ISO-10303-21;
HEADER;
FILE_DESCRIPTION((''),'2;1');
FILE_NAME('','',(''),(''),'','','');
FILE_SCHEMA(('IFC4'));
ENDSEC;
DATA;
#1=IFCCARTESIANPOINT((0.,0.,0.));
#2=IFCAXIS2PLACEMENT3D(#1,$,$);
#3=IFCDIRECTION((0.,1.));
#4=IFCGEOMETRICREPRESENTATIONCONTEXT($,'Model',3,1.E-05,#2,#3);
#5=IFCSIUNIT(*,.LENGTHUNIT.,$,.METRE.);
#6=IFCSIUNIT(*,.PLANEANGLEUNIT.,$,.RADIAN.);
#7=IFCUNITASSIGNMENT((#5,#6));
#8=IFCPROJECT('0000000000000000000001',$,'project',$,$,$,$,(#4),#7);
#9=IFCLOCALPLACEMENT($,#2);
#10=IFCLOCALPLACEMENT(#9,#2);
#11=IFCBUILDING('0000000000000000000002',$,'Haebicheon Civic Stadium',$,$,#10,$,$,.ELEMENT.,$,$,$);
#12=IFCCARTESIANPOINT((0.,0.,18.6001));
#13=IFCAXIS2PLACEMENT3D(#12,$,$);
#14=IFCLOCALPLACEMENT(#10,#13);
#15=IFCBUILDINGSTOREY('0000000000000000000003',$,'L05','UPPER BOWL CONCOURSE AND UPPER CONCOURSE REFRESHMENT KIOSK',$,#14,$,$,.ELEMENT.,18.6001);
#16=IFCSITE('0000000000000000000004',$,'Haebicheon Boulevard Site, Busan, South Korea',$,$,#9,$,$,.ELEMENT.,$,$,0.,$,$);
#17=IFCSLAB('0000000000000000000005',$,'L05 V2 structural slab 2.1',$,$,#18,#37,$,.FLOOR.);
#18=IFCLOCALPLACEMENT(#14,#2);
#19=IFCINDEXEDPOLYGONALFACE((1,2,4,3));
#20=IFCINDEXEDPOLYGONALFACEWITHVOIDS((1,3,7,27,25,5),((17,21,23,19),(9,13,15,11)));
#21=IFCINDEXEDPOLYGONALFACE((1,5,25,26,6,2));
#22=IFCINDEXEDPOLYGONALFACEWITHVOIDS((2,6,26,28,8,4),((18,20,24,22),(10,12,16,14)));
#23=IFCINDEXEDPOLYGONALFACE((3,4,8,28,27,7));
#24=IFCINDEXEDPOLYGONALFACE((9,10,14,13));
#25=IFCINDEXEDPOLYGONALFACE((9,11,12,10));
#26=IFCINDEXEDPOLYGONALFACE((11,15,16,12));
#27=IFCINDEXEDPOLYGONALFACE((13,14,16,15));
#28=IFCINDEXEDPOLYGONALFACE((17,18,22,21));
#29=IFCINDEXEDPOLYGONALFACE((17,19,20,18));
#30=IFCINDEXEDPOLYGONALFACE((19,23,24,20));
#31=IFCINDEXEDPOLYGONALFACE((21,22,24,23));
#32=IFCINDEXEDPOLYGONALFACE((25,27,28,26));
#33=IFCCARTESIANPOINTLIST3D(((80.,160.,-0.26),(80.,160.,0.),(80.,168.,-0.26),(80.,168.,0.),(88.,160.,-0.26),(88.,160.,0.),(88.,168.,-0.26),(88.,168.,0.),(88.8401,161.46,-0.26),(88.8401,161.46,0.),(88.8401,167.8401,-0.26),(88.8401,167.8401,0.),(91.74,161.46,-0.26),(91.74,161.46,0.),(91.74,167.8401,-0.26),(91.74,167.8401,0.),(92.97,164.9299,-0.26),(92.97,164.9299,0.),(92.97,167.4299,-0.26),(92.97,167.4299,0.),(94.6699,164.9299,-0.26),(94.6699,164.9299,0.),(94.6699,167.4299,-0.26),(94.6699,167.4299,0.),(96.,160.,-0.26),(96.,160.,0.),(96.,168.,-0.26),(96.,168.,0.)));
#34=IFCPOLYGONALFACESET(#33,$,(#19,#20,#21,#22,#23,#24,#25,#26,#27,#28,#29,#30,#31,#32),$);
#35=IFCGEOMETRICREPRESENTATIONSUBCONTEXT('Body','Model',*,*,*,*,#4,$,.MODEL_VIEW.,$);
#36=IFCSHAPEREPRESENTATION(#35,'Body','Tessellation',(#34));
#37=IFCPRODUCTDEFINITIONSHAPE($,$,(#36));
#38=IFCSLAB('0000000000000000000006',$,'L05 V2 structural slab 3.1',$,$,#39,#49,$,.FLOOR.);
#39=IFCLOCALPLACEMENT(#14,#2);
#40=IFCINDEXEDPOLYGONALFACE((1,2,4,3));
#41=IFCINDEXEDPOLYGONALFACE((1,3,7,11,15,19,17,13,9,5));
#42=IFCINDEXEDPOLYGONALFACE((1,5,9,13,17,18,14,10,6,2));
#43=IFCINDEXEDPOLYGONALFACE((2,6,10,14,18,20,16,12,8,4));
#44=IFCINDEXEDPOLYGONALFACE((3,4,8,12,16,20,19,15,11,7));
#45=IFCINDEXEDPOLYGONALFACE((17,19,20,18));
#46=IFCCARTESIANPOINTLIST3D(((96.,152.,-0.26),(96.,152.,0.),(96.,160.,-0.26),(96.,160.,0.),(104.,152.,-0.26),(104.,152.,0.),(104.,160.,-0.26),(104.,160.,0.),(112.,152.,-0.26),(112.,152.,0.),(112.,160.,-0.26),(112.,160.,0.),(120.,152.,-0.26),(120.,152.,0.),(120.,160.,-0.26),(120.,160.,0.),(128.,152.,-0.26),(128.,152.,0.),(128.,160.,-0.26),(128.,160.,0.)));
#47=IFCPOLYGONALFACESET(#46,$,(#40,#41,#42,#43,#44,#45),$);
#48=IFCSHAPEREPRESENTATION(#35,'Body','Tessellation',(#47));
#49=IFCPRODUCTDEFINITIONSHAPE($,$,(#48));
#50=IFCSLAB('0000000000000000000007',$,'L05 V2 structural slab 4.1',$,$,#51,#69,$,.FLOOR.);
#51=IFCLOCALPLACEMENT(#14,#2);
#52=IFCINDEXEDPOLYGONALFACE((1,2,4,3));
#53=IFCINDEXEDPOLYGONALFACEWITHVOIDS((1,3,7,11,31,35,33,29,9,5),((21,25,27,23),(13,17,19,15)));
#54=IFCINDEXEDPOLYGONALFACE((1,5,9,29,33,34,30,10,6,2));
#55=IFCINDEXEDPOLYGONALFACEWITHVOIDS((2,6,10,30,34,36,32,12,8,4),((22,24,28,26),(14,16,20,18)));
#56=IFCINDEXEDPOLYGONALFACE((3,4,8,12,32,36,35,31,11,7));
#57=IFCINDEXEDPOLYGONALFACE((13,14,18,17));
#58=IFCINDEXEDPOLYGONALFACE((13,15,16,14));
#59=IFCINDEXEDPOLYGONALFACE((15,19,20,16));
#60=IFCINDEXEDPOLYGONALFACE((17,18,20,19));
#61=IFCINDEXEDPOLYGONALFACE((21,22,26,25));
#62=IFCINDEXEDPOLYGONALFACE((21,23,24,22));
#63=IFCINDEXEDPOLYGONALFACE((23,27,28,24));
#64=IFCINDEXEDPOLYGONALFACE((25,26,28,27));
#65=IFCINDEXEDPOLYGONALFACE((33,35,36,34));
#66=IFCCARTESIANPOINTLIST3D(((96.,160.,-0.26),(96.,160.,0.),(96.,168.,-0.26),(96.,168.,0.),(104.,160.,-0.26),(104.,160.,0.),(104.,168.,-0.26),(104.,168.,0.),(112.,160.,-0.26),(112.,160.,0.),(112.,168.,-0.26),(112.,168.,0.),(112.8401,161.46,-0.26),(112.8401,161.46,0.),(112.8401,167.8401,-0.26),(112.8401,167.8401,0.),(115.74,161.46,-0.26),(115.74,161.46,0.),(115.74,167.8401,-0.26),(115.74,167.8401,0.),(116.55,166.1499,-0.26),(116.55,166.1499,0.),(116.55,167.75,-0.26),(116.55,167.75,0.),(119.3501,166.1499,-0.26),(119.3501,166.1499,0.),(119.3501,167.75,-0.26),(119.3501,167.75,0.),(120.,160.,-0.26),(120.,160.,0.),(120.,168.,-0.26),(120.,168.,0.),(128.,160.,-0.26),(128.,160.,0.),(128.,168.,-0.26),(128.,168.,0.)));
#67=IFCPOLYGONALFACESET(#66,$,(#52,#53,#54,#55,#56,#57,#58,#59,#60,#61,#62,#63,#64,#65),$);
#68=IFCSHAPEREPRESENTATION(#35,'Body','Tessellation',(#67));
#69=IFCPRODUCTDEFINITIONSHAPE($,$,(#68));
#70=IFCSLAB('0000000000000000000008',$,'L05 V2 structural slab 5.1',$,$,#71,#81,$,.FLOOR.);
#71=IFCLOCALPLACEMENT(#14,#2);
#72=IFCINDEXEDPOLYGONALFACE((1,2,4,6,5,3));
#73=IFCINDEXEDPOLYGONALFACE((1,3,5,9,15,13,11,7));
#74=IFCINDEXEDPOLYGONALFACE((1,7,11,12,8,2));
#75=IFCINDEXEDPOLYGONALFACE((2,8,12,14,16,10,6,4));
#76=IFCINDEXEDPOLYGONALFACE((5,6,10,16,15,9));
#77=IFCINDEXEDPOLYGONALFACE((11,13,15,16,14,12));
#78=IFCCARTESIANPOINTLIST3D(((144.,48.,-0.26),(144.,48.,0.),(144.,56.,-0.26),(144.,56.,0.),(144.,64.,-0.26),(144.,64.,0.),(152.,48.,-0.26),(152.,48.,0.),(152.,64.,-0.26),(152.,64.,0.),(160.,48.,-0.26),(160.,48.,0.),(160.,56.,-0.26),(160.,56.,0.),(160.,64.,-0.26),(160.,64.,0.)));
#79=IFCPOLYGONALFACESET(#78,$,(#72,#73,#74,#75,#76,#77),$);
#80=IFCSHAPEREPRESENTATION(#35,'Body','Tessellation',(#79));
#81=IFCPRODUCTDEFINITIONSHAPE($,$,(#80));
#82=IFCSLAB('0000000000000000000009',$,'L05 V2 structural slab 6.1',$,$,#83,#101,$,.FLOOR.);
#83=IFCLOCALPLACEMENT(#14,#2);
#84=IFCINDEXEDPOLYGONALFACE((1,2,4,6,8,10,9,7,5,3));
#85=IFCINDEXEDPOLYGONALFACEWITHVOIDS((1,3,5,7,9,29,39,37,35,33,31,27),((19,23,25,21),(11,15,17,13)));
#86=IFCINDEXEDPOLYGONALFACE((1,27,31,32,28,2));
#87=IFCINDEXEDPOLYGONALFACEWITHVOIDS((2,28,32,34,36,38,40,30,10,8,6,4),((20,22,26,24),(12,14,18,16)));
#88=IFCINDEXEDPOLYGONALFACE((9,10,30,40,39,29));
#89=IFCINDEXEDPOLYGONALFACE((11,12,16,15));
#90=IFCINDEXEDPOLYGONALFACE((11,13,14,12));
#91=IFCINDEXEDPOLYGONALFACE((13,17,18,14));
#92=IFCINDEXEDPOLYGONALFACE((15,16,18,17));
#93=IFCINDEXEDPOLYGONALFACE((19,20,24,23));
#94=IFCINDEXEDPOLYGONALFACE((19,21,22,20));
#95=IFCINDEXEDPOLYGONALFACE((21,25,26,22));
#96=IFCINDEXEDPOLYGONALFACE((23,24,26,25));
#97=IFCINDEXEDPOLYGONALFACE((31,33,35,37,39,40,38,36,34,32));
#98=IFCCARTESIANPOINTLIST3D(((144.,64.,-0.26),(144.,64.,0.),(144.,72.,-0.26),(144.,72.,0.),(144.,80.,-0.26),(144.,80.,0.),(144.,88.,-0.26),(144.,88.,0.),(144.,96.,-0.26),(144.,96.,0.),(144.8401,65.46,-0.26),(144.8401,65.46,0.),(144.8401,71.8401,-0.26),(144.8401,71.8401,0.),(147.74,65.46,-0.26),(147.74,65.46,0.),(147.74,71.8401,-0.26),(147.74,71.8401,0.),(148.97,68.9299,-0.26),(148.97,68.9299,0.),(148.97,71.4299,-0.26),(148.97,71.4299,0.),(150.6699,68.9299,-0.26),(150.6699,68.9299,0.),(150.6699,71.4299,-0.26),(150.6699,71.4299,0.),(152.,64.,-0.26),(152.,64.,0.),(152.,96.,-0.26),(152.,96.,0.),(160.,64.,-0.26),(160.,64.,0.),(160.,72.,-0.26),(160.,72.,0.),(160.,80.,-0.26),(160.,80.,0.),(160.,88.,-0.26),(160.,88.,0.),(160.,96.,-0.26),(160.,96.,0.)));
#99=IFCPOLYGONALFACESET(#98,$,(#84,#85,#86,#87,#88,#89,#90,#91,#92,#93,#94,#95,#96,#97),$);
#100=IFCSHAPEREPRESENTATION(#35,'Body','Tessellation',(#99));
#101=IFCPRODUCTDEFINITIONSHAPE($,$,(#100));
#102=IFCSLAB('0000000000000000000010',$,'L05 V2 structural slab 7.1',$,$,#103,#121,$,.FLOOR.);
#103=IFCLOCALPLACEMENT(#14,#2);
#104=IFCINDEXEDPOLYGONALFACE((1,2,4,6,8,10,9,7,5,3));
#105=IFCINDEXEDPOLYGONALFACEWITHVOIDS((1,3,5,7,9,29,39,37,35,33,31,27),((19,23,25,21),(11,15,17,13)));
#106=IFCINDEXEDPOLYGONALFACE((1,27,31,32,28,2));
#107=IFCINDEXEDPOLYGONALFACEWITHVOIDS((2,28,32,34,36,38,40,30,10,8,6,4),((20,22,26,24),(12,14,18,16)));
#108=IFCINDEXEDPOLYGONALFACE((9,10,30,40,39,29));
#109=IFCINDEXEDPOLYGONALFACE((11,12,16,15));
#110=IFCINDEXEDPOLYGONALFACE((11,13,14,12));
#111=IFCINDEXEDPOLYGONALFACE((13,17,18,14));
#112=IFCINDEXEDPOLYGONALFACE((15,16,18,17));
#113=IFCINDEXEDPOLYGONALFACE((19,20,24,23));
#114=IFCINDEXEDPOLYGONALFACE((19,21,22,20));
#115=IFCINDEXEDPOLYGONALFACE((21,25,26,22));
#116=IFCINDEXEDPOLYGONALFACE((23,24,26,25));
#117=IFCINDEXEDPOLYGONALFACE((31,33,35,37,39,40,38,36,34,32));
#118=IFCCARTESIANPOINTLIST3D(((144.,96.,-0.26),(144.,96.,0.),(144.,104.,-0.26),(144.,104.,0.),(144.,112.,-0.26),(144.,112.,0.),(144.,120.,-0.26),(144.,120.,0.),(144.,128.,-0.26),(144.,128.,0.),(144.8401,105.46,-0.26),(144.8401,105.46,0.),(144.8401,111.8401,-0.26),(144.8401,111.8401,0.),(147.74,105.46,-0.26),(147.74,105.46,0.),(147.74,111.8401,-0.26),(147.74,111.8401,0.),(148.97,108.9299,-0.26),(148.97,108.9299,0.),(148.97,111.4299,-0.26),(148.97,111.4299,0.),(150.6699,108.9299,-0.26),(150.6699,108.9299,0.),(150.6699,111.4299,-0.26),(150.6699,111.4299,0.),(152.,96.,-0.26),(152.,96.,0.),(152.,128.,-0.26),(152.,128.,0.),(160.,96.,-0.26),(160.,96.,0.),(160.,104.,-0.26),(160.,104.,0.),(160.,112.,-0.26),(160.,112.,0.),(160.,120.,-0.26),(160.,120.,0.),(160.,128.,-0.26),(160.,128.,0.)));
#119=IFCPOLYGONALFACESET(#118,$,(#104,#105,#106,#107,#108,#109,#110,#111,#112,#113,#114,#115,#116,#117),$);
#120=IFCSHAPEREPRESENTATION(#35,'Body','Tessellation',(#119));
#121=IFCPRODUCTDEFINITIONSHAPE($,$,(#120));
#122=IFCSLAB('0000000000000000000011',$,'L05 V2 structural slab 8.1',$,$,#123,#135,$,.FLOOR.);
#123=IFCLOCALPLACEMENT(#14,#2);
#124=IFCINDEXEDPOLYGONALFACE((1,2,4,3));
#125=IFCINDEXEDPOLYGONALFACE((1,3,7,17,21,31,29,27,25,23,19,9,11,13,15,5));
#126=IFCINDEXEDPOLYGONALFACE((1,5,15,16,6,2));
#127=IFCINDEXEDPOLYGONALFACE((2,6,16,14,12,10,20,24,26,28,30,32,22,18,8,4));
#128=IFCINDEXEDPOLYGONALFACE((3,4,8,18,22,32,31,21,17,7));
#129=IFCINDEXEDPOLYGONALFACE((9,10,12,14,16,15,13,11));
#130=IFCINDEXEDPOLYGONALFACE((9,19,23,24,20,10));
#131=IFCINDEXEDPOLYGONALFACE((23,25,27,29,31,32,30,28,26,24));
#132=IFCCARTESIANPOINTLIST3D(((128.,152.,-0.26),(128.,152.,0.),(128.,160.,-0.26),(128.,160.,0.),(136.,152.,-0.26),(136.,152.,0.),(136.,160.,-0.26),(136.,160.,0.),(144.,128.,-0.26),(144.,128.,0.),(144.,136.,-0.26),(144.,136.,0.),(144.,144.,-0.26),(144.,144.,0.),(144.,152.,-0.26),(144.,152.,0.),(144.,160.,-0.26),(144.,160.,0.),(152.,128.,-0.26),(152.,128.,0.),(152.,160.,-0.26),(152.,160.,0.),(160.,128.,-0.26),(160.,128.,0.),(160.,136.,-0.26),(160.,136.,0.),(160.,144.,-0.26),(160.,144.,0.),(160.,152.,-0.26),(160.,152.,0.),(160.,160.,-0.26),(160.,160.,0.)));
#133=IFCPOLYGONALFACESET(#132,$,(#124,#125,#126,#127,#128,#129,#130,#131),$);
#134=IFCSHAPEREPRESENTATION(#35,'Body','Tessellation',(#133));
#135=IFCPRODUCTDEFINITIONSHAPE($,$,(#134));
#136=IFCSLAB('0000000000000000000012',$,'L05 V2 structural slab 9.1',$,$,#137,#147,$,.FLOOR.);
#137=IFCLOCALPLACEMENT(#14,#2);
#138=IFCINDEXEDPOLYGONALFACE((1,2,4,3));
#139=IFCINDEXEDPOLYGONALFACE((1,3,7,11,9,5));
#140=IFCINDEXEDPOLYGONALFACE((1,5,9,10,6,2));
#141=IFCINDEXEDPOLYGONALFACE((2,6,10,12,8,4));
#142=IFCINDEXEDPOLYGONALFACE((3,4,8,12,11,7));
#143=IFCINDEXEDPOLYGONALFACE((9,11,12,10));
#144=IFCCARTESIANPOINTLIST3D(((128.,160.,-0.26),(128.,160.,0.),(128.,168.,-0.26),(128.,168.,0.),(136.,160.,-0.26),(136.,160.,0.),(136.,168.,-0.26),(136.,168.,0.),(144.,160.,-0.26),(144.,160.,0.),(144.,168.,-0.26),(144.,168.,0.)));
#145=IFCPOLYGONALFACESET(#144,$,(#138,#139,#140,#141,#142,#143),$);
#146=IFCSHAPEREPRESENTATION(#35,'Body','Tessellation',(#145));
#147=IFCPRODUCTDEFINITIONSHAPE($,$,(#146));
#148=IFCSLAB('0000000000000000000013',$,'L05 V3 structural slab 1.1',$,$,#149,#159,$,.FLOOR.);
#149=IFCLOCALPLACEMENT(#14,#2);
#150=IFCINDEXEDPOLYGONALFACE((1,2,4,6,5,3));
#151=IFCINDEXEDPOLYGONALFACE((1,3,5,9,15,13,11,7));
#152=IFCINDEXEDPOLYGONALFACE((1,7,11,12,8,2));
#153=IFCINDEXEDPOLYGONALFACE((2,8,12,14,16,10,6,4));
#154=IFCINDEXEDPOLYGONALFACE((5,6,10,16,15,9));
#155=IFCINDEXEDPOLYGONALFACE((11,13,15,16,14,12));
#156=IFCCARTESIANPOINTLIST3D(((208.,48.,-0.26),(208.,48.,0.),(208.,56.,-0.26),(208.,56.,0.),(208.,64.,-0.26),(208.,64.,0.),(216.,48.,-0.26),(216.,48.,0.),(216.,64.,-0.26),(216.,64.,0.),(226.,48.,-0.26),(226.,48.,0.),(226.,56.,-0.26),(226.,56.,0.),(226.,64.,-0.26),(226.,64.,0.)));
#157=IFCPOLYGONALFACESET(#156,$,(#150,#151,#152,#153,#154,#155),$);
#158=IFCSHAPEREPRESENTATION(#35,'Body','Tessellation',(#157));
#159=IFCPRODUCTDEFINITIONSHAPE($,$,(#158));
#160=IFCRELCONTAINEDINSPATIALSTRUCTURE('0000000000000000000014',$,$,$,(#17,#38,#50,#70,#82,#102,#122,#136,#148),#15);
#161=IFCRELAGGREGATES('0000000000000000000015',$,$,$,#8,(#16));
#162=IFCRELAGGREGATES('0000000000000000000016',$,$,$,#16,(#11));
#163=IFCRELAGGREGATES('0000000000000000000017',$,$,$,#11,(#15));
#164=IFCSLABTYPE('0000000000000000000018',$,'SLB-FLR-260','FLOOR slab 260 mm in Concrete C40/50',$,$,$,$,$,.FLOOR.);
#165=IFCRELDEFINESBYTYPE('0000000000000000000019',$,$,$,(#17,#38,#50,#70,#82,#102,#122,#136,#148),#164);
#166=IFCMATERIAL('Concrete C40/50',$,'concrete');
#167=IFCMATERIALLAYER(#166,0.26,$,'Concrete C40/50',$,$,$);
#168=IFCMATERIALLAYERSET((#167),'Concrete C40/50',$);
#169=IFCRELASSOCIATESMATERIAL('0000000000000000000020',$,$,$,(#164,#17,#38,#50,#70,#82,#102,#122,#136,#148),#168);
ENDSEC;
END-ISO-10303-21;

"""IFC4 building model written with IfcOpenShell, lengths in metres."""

from ifc_helpers import new_model, si_unit, direction, frame, origin, place, context, subcontext, project, spatial, polyline, outline, extrude, material, layer, layer_set, type_object, element, save


model = new_model("IFC4")

# Units and contexts
model_context = context("Model", 3, precision=1e-05, world=origin(), true_north=direction((0.0, 1.0)))
body_context = subcontext(model_context, "Body", "Model", "MODEL_VIEW")
ifc_project = project(units=[si_unit("LENGTHUNIT", "METRE"), si_unit("PLANEANGLEUNIT", "RADIAN")], contexts=[model_context])

# Site, building, storey
site_placement = place(None, origin())
site = spatial("IfcSite", under=ifc_project, at=site_placement, Name="Haebicheon Boulevard Site, Busan, South Korea", CompositionType="ELEMENT", RefElevation=0.0)
building_placement = place(site_placement, origin())
building = spatial("IfcBuilding", under=site, at=building_placement, Name="Haebicheon Civic Stadium", CompositionType="ELEMENT")
storey_placement = place(building_placement, frame((0.0, 0.0, 18.6001)))
storey = spatial("IfcBuildingStorey", under=building, at=storey_placement, Name="L05", Description="UPPER BOWL CONCOURSE AND UPPER CONCOURSE REFRESHMENT KIOSK", CompositionType="ELEMENT", Elevation=18.6001)

# Slabs
ifc_material_1 = material(Name="Concrete C40/50", Category="concrete")
ifc_layer_1 = layer(ifc_material_1, 0.26, Name="Concrete C40/50")
ifc_layer_set_1 = layer_set([ifc_layer_1], Name="Concrete C40/50")
slab_type_1 = type_object("IfcSlabType", Name="SLB-FLR-260", Description="FLOOR slab 260 mm in Concrete C40/50", PredefinedType="FLOOR", material=ifc_layer_set_1)
slab_1_placement = place(storey_placement, frame((0.0, 0.0, -0.26)))
element("IfcSlab", 1, at=slab_1_placement, inside=storey, type_object=slab_type_1, material=ifc_layer_set_1, Name="L05 V2 structural slab 2.1", PredefinedType="FLOOR", context=body_context, shape_type="SweptSolid", body=[
    extrude(outline(polyline([(80.0, 160.0), (80.0, 168.0), (88.0, 168.0), (96.0, 168.0), (96.0, 160.0), (88.0, 160.0), (80.0, 160.0)]), holes=[polyline([(88.8401, 161.46), (91.74, 161.46), (91.74, 167.8401), (88.8401, 167.8401), (88.8401, 161.46)]), polyline([(92.97, 164.9299), (94.6699, 164.9299), (94.6699, 167.4299), (92.97, 167.4299), (92.97, 164.9299)])]), origin(), (0.0, 0.0, 1.0), 0.26),
])
slab_2_placement = place(storey_placement, frame((0.0, 0.0, -0.26)))
element("IfcSlab", 2, at=slab_2_placement, inside=storey, type_object=slab_type_1, material=ifc_layer_set_1, Name="L05 V2 structural slab 3.1", PredefinedType="FLOOR", context=body_context, shape_type="SweptSolid", body=[
    extrude(outline(polyline([(96.0, 160.0), (104.0, 160.0), (112.0, 160.0), (120.0, 160.0), (128.0, 160.0), (128.0, 152.0), (120.0, 152.0), (112.0, 152.0), (104.0, 152.0), (96.0, 152.0), (96.0, 160.0)])), origin(), (0.0, 0.0, 1.0), 0.26),
])
slab_3_placement = place(storey_placement, frame((0.0, 0.0, -0.26)))
element("IfcSlab", 3, at=slab_3_placement, inside=storey, type_object=slab_type_1, material=ifc_layer_set_1, Name="L05 V2 structural slab 4.1", PredefinedType="FLOOR", context=body_context, shape_type="SweptSolid", body=[
    extrude(outline(polyline([(96.0, 168.0), (104.0, 168.0), (112.0, 168.0), (120.0, 168.0), (128.0, 168.0), (128.0, 160.0), (120.0, 160.0), (112.0, 160.0), (104.0, 160.0), (96.0, 160.0), (96.0, 168.0)]), holes=[polyline([(112.8401, 161.46), (115.74, 161.46), (115.74, 167.8401), (112.8401, 167.8401), (112.8401, 161.46)]), polyline([(116.55, 166.1499), (119.3501, 166.1499), (119.3501, 167.75), (116.55, 167.75), (116.55, 166.1499)])]), origin(), (0.0, 0.0, 1.0), 0.26),
])
slab_4_placement = place(storey_placement, frame((0.0, 0.0, -0.26)))
element("IfcSlab", 4, at=slab_4_placement, inside=storey, type_object=slab_type_1, material=ifc_layer_set_1, Name="L05 V2 structural slab 5.1", PredefinedType="FLOOR", context=body_context, shape_type="SweptSolid", body=[
    extrude(outline(polyline([(144.0, 56.0), (144.0, 64.0), (152.0, 64.0), (160.0, 64.0), (160.0, 56.0), (160.0, 48.0), (152.0, 48.0), (144.0, 48.0), (144.0, 56.0)])), origin(), (0.0, 0.0, 1.0), 0.26),
])
slab_5_placement = place(storey_placement, frame((0.0, 0.0, -0.26)))
element("IfcSlab", 5, at=slab_5_placement, inside=storey, type_object=slab_type_1, material=ifc_layer_set_1, Name="L05 V2 structural slab 6.1", PredefinedType="FLOOR", context=body_context, shape_type="SweptSolid", body=[
    extrude(outline(polyline([(144.0, 80.0), (144.0, 88.0), (144.0, 96.0), (152.0, 96.0), (160.0, 96.0), (160.0, 88.0), (160.0, 80.0), (160.0, 72.0), (160.0, 64.0), (152.0, 64.0), (144.0, 64.0), (144.0, 72.0), (144.0, 80.0)]), holes=[polyline([(144.8401, 65.46), (147.74, 65.46), (147.74, 71.8401), (144.8401, 71.8401), (144.8401, 65.46)]), polyline([(148.97, 68.9299), (150.6699, 68.9299), (150.6699, 71.4299), (148.97, 71.4299), (148.97, 68.9299)])]), origin(), (0.0, 0.0, 1.0), 0.26),
])
slab_6_placement = place(storey_placement, frame((0.0, 0.0, -0.26)))
element("IfcSlab", 6, at=slab_6_placement, inside=storey, type_object=slab_type_1, material=ifc_layer_set_1, Name="L05 V2 structural slab 7.1", PredefinedType="FLOOR", context=body_context, shape_type="SweptSolid", body=[
    extrude(outline(polyline([(144.0, 112.0), (144.0, 120.0), (144.0, 128.0), (152.0, 128.0), (160.0, 128.0), (160.0, 120.0), (160.0, 112.0), (160.0, 104.0), (160.0, 96.0), (152.0, 96.0), (144.0, 96.0), (144.0, 104.0), (144.0, 112.0)]), holes=[polyline([(144.8401, 105.46), (147.74, 105.46), (147.74, 111.8401), (144.8401, 111.8401), (144.8401, 105.46)]), polyline([(148.97, 108.9299), (150.6699, 108.9299), (150.6699, 111.4299), (148.97, 111.4299), (148.97, 108.9299)])]), origin(), (0.0, 0.0, 1.0), 0.26),
])
slab_7_placement = place(storey_placement, frame((0.0, 0.0, -0.26)))
element("IfcSlab", 7, at=slab_7_placement, inside=storey, type_object=slab_type_1, material=ifc_layer_set_1, Name="L05 V2 structural slab 8.1", PredefinedType="FLOOR", context=body_context, shape_type="SweptSolid", body=[
    extrude(outline(polyline([(144.0, 144.0), (144.0, 152.0), (136.0, 152.0), (128.0, 152.0), (128.0, 160.0), (136.0, 160.0), (144.0, 160.0), (152.0, 160.0), (160.0, 160.0), (160.0, 152.0), (160.0, 144.0), (160.0, 136.0), (160.0, 128.0), (152.0, 128.0), (144.0, 128.0), (144.0, 136.0), (144.0, 144.0)])), origin(), (0.0, 0.0, 1.0), 0.26),
])
slab_8_placement = place(storey_placement, frame((0.0, 0.0, -0.26)))
element("IfcSlab", 8, at=slab_8_placement, inside=storey, type_object=slab_type_1, material=ifc_layer_set_1, Name="L05 V2 structural slab 9.1", PredefinedType="FLOOR", context=body_context, shape_type="SweptSolid", body=[
    extrude(outline(polyline([(128.0, 160.0), (128.0, 168.0), (136.0, 168.0), (144.0, 168.0), (144.0, 160.0), (136.0, 160.0), (128.0, 160.0)])), origin(), (0.0, 0.0, 1.0), 0.26),
])
slab_9_placement = place(storey_placement, frame((0.0, 0.0, -0.26)))
element("IfcSlab", 9, at=slab_9_placement, inside=storey, type_object=slab_type_1, material=ifc_layer_set_1, Name="L05 V3 structural slab 1.1", PredefinedType="FLOOR", context=body_context, shape_type="SweptSolid", body=[
    extrude(outline(polyline([(208.0, 56.0), (208.0, 64.0), (216.0, 64.0), (226.0, 64.0), (226.0, 56.0), (226.0, 48.0), (216.0, 48.0), (208.0, 48.0), (208.0, 56.0)])), origin(), (0.0, 0.0, 1.0), 0.26),
])

save(model, "model.ifc")
